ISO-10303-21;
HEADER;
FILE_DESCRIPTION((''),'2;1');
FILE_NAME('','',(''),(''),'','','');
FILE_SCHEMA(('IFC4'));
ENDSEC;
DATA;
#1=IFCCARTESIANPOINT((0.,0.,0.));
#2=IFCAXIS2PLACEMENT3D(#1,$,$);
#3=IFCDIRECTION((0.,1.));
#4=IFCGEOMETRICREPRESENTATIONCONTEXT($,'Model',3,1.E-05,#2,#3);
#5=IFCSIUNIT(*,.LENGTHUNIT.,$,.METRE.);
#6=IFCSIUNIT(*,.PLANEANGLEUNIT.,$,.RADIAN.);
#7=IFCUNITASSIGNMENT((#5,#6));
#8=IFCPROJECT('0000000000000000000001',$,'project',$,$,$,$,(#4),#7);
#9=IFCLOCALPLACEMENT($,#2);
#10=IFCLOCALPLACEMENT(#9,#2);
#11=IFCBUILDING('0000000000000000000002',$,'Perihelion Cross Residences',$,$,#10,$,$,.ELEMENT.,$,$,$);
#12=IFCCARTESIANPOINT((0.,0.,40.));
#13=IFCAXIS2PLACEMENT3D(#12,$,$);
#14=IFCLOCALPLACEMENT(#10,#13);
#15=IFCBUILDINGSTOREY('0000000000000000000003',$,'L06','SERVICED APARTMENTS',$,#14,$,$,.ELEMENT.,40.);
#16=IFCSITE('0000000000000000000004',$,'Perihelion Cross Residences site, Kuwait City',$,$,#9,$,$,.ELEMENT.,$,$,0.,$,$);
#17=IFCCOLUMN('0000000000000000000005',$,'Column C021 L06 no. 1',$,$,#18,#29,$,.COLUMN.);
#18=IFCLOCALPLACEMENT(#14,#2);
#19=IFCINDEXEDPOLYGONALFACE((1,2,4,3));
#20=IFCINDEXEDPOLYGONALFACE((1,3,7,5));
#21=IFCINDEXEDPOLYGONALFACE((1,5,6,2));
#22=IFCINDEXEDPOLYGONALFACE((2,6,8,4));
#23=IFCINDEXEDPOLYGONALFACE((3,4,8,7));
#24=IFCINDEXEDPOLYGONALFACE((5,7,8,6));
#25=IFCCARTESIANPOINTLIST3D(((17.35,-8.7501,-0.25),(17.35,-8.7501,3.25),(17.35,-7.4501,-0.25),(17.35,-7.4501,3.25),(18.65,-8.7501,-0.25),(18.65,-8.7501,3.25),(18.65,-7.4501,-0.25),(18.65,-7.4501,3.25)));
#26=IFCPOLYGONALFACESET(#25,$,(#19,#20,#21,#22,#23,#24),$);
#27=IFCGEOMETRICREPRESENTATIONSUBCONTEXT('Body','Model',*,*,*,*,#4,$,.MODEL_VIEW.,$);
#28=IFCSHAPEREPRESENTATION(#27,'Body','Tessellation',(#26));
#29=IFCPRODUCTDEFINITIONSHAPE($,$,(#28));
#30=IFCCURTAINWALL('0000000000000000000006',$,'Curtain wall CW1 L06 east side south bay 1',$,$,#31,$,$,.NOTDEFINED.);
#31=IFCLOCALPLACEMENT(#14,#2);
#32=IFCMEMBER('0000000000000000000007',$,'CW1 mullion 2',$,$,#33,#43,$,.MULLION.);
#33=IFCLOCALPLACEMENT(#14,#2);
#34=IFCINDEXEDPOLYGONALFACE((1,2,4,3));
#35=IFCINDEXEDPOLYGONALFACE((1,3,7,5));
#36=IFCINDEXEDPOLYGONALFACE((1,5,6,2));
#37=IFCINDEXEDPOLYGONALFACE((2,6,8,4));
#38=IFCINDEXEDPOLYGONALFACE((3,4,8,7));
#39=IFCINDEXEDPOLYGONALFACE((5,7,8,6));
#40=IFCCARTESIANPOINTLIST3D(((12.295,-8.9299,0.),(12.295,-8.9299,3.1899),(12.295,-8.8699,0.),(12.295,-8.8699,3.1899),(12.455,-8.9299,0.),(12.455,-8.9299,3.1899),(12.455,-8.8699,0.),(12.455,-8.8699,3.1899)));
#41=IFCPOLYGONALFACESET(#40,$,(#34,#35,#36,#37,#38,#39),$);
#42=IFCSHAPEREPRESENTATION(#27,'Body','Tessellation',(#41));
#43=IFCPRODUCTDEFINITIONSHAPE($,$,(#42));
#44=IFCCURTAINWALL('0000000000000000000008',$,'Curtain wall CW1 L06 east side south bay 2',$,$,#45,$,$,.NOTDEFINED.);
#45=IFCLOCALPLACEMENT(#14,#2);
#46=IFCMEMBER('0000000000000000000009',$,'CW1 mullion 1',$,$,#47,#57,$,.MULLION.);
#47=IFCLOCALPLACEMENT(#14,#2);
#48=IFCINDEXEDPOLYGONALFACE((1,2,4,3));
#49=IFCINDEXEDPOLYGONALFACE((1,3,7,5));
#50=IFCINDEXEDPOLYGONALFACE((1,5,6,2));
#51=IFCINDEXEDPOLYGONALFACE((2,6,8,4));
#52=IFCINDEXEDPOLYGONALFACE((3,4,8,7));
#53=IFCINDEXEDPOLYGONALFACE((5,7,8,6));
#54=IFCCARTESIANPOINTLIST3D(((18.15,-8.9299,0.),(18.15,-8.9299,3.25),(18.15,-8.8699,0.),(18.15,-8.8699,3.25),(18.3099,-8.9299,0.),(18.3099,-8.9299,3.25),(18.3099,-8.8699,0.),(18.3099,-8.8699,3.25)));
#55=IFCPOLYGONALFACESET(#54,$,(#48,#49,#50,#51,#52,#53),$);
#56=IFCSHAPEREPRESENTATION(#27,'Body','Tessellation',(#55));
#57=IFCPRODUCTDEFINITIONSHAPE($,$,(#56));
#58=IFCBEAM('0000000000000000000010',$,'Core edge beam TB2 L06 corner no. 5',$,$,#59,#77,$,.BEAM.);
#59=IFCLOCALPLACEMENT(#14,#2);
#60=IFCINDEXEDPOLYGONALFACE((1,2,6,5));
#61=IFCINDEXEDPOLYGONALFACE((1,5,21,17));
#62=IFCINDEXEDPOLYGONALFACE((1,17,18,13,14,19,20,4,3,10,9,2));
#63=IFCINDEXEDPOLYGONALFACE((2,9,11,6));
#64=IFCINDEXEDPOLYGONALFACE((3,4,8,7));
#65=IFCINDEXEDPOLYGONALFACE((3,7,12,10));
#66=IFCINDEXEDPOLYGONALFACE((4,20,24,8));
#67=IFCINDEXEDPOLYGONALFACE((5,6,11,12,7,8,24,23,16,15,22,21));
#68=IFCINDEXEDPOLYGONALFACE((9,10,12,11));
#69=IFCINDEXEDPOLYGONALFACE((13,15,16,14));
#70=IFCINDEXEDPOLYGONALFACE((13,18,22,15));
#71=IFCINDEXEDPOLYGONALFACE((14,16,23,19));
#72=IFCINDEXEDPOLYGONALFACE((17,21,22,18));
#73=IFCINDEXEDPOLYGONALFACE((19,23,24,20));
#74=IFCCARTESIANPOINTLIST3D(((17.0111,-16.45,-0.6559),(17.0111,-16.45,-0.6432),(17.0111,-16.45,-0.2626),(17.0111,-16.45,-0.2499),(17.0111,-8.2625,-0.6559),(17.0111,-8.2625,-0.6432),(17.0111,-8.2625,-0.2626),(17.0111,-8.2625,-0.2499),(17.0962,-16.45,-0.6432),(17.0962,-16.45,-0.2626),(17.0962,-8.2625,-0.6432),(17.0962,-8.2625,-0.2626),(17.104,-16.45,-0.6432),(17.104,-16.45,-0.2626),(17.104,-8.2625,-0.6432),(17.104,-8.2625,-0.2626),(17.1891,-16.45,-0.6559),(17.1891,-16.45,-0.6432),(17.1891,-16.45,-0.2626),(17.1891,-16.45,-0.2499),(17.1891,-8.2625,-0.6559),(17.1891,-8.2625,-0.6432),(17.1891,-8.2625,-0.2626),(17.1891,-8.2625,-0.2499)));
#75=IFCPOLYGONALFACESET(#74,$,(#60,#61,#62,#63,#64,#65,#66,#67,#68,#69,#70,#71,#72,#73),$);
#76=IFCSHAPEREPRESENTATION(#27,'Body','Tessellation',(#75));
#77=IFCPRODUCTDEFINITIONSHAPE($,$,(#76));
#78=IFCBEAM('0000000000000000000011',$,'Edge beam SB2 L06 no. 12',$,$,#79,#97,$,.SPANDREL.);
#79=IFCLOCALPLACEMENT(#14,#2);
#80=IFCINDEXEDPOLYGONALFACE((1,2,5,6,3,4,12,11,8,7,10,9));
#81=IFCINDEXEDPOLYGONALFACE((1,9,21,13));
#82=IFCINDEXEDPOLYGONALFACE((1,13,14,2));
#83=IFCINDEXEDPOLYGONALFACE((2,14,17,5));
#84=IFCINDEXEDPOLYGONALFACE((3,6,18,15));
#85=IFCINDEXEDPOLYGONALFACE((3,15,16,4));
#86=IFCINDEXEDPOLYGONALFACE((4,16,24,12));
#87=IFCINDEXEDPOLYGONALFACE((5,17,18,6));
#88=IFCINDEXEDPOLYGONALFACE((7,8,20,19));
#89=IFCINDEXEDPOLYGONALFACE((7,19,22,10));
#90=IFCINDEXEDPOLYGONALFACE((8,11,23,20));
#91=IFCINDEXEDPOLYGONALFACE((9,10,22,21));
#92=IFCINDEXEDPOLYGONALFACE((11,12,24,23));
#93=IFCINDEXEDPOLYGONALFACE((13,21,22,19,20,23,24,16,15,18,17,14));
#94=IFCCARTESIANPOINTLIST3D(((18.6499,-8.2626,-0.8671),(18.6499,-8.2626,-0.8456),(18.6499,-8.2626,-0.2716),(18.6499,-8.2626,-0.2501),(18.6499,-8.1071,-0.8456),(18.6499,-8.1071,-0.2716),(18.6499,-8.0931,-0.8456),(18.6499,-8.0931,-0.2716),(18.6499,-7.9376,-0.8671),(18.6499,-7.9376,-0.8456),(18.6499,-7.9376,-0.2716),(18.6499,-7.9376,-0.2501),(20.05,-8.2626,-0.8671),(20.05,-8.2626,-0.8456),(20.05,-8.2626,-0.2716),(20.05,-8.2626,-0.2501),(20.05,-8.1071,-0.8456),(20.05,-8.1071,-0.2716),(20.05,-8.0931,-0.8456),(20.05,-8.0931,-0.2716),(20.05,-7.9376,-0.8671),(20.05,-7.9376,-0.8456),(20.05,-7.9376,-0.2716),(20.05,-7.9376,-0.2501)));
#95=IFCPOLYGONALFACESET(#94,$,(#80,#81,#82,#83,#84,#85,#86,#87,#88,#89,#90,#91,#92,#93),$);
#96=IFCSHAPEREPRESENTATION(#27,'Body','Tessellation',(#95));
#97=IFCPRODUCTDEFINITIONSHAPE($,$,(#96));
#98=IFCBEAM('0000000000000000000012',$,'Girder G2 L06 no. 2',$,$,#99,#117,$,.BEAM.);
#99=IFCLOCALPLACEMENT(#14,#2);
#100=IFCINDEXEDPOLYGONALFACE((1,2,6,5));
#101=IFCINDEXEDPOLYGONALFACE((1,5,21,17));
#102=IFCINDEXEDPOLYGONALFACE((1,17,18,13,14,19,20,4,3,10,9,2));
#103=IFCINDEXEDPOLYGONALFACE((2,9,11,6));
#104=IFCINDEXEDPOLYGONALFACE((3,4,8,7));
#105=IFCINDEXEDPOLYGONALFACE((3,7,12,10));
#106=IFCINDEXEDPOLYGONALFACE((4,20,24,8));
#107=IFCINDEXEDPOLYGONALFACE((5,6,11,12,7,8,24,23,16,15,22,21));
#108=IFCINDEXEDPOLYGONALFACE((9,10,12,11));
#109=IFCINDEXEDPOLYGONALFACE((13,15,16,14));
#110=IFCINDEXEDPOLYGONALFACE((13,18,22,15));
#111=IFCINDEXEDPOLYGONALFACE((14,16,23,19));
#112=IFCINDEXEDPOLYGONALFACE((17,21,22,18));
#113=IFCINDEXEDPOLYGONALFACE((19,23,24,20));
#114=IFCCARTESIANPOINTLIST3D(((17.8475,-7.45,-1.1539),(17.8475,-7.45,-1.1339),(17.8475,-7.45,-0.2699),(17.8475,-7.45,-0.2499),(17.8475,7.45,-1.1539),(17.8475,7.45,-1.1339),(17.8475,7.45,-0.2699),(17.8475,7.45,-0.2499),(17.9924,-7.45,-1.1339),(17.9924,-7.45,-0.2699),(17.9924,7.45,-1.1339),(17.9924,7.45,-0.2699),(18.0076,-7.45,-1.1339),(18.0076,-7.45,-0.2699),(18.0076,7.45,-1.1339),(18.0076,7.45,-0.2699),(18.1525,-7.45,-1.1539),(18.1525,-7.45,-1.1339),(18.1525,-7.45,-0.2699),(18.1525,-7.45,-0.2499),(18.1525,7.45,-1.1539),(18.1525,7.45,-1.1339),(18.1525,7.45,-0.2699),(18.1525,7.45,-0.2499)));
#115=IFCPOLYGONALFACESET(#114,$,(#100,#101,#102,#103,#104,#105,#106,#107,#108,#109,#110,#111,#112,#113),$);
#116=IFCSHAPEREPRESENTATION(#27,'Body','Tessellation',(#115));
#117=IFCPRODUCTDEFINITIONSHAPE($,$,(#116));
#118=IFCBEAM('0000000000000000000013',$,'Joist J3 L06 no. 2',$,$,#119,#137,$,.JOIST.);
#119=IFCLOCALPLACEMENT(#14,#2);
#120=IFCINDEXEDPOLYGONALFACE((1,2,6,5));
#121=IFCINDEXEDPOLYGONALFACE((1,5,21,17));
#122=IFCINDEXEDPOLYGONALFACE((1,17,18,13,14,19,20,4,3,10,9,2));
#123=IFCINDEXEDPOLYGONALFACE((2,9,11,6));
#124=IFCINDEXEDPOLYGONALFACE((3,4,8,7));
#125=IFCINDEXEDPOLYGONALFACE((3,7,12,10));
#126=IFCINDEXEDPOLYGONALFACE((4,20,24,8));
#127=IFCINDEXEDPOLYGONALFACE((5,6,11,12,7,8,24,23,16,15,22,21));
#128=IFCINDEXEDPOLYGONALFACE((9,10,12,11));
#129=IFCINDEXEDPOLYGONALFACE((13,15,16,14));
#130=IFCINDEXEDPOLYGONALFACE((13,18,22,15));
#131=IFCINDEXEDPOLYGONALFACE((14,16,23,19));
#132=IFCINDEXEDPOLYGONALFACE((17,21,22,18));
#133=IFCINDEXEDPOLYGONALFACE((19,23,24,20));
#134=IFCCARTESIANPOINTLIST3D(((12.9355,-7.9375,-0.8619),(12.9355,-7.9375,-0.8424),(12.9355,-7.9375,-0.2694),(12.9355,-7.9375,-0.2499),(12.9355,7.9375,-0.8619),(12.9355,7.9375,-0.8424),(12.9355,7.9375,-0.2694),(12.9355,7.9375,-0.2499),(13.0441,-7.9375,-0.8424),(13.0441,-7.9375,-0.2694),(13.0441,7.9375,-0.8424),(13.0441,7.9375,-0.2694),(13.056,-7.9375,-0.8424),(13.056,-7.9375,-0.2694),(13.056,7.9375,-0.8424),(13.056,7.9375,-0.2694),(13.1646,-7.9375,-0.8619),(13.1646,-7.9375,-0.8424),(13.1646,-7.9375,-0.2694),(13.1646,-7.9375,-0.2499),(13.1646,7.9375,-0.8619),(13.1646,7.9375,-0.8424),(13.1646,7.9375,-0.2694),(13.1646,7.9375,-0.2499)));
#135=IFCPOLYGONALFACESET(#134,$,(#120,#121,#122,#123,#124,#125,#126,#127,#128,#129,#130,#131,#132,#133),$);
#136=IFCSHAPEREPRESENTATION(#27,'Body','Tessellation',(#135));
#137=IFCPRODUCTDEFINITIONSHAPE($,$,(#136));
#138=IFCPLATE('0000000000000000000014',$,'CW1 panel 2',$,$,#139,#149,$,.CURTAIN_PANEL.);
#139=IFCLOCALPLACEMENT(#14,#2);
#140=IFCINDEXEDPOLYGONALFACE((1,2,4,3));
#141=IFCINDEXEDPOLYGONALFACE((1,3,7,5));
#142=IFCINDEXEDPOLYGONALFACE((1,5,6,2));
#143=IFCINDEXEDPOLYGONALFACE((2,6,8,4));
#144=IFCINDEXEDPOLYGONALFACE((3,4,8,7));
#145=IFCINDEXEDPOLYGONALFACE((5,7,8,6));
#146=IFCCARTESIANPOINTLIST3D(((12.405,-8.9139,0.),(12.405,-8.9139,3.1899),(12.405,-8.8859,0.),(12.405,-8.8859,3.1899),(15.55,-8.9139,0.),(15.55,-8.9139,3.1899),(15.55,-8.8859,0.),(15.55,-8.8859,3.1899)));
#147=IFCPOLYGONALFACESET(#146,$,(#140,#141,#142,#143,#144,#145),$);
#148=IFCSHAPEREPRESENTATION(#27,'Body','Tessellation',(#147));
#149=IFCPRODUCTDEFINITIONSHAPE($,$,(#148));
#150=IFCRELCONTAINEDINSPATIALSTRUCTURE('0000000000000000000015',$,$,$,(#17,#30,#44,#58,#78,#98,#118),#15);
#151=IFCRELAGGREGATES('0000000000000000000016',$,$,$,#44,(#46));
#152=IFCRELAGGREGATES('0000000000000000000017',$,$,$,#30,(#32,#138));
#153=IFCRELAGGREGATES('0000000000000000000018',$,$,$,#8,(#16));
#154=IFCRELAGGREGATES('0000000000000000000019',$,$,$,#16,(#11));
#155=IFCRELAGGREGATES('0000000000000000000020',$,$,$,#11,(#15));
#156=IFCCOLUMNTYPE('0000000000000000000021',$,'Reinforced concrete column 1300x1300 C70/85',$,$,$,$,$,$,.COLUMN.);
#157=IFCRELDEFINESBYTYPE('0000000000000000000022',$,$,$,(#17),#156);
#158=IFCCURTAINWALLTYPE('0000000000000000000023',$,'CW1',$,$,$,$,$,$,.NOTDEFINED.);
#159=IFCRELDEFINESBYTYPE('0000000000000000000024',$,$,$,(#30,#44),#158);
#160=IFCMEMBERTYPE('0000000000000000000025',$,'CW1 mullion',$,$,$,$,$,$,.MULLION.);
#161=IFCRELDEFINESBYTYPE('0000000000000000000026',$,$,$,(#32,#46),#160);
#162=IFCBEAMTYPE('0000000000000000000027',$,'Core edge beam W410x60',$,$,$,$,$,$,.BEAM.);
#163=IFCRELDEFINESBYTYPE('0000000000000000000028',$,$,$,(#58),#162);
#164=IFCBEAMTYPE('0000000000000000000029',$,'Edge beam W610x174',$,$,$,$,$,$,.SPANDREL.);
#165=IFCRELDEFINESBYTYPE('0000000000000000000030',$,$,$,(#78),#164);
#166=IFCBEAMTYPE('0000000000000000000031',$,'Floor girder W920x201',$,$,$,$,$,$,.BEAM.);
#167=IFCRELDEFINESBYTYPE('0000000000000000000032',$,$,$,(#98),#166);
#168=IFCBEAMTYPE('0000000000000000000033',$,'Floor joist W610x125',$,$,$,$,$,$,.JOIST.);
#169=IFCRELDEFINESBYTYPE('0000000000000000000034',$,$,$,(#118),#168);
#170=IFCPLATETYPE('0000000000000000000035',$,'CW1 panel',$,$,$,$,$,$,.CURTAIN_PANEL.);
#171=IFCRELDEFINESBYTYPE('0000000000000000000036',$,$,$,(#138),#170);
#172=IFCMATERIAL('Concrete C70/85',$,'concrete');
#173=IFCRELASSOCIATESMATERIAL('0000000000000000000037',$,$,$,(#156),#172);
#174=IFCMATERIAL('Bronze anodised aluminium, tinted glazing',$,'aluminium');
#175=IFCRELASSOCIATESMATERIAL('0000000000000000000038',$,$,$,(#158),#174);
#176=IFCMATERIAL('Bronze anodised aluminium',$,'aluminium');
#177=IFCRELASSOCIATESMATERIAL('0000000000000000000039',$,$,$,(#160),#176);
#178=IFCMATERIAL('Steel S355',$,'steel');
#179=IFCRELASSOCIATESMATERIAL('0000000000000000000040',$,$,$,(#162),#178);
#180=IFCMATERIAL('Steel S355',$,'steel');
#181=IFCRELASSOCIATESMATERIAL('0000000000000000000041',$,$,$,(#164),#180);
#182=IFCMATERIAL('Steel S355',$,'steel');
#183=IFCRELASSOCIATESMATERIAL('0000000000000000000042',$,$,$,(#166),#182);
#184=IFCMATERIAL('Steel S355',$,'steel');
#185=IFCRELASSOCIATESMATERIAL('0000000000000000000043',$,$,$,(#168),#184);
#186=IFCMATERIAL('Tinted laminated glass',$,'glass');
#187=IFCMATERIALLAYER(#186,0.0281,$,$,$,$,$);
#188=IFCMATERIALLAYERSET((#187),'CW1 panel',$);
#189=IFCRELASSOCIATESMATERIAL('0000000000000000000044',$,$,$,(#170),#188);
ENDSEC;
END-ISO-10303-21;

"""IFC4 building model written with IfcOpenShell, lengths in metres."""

from ifc_helpers import new_model, si_unit, direction, frame, origin, origin_2d, place, context, subcontext, project, spatial, rectangle, i_section, extrude, material, layer, layer_set, material_profile, profile_set, type_object, element, aggregate, save


model = new_model("IFC4")

# Units and contexts
model_context = context("Model", 3, precision=1e-05, world=origin(), true_north=direction((0.0, 1.0)))
body_context = subcontext(model_context, "Body", "Model", "MODEL_VIEW")
ifc_project = project(units=[si_unit("LENGTHUNIT", "METRE"), si_unit("PLANEANGLEUNIT", "RADIAN")], contexts=[model_context])

# Site, building, storey
site_placement = place(None, origin())
site = spatial("IfcSite", under=ifc_project, at=site_placement, Name="Perihelion Cross Residences site, Kuwait City", CompositionType="ELEMENT", RefElevation=0.0)
building_placement = place(site_placement, origin())
building = spatial("IfcBuilding", under=site, at=building_placement, Name="Perihelion Cross Residences", CompositionType="ELEMENT")
storey_placement = place(building_placement, frame((0.0, 0.0, 40.0)))
storey = spatial("IfcBuildingStorey", under=building, at=storey_placement, Name="L06", Description="SERVICED APARTMENTS", CompositionType="ELEMENT", Elevation=40.0)

# Column
ifc_material_1 = material(Name="Concrete C70/85", Category="concrete")
ifc_material_profile_1 = material_profile(ifc_material_1, rectangle(XDim=1.3, YDim=1.3, at=origin_2d()), Name="RC 1300x1300")
ifc_profile_set_1 = profile_set([ifc_material_profile_1], Name="Concrete C70/85")
column_type = type_object("IfcColumnType", Name="Reinforced concrete column 1300x1300 C70/85", PredefinedType="COLUMN", material=ifc_profile_set_1)
column_placement = place(storey_placement, frame((18.0, -8.1001, -0.25), z_axis=(0.0, 0.0, 1.0), x_axis=(1.0, 0.0, 0.0)))
element("IfcColumn", 1, at=column_placement, inside=storey, type_object=column_type, Name="Column C021 L06 no. 1", PredefinedType="COLUMN", context=body_context, shape_type="SweptSolid", body=[
    extrude(rectangle(XDim=1.3, YDim=1.3, at=origin_2d()), origin(), (0.0, 0.0, 1.0), 3.5),
])

# Curtain walls, members
ifc_material_2 = material(Name="Bronze anodised aluminium, tinted glazing", Category="aluminium")
curtain_wall_type = type_object("IfcCurtainWallType", Name="CW1", PredefinedType="NOTDEFINED", material=ifc_material_2)
curtain_wall_1_placement = place(storey_placement, origin())
curtain_wall_1 = element("IfcCurtainWall", 2, at=curtain_wall_1_placement, inside=storey, type_object=curtain_wall_type, Name="Curtain wall CW1 L06 east side south bay 1", PredefinedType="NOTDEFINED")
ifc_material_3 = material(Name="Bronze anodised aluminium", Category="aluminium")
ifc_material_profile_2 = material_profile(ifc_material_3, rectangle(XDim=0.0601, YDim=0.1599, at=origin_2d()), Name="CW1 mullion")
ifc_profile_set_2 = profile_set([ifc_material_profile_2], Name="Bronze anodised aluminium")
member_type = type_object("IfcMemberType", Name="CW1 mullion", PredefinedType="MULLION", material=ifc_profile_set_2)
member_1_placement = place(storey_placement, frame((12.375, -8.8999, 0.0), z_axis=(0.0, 0.0, 1.0), x_axis=(0.0, 1.0, 0.0)))
member_1 = element("IfcMember", 3, at=member_1_placement, type_object=member_type, Name="CW1 mullion 2", PredefinedType="MULLION", context=body_context, shape_type="SweptSolid", body=[
    extrude(rectangle(XDim=0.0601, YDim=0.1599, at=origin_2d()), origin(), (0.0, 0.0, 1.0), 3.1899),
])
curtain_wall_2_placement = place(storey_placement, origin())
curtain_wall_2 = element("IfcCurtainWall", 4, at=curtain_wall_2_placement, inside=storey, type_object=curtain_wall_type, Name="Curtain wall CW1 L06 east side south bay 2", PredefinedType="NOTDEFINED")
member_2_placement = place(storey_placement, frame((18.23, -8.8999, 0.0), z_axis=(0.0, 0.0, 1.0), x_axis=(0.0, 1.0, 0.0)))
member_2 = element("IfcMember", 5, at=member_2_placement, type_object=member_type, Name="CW1 mullion 1", PredefinedType="MULLION", context=body_context, shape_type="SweptSolid", body=[
    extrude(rectangle(XDim=0.0601, YDim=0.1599, at=origin_2d()), origin(), (0.0, 0.0, 1.0), 3.25),
])
aggregate(curtain_wall_2, [member_2])

# Beams
ifc_material_4 = material(Name="Steel S355", Category="steel")
ifc_material_profile_3 = material_profile(ifc_material_4, i_section(OverallWidth=0.178, OverallDepth=0.406, WebThickness=0.0078, FlangeThickness=0.0127, at=origin_2d()), Name="W410x60")
ifc_profile_set_3 = profile_set([ifc_material_profile_3], Name="Steel S355")
beam_type_1 = type_object("IfcBeamType", Name="Core edge beam W410x60", PredefinedType="BEAM", material=ifc_profile_set_3)
beam_1_placement = place(storey_placement, frame((17.1001, -8.2625, -0.4529), z_axis=(0.0, -1.0, 0.0), x_axis=(1.0, 0.0, 0.0)))
element("IfcBeam", 6, at=beam_1_placement, inside=storey, type_object=beam_type_1, Name="Core edge beam TB2 L06 corner no. 5", PredefinedType="BEAM", context=body_context, shape_type="SweptSolid", body=[
    extrude(i_section(OverallWidth=0.178, OverallDepth=0.406, WebThickness=0.0078, FlangeThickness=0.0127, at=origin_2d()), origin(), (0.0, 0.0, 1.0), 8.1875),
])
ifc_material_5 = material(Name="Steel S355", Category="steel")
ifc_material_profile_4 = material_profile(ifc_material_5, i_section(OverallWidth=0.325, OverallDepth=0.6169, WebThickness=0.0139, FlangeThickness=0.0215, at=origin_2d()), Name="W610x174")
ifc_profile_set_4 = profile_set([ifc_material_profile_4], Name="Steel S355")
beam_type_2 = type_object("IfcBeamType", Name="Edge beam W610x174", PredefinedType="SPANDREL", material=ifc_profile_set_4)
beam_2_placement = place(storey_placement, frame((18.6499, -8.1001, -0.5586), z_axis=(1.0, 0.0, 0.0), x_axis=(0.0, 1.0, 0.0)))
element("IfcBeam", 7, at=beam_2_placement, inside=storey, type_object=beam_type_2, Name="Edge beam SB2 L06 no. 12", PredefinedType="SPANDREL", context=body_context, shape_type="SweptSolid", body=[
    extrude(i_section(OverallWidth=0.325, OverallDepth=0.6169, WebThickness=0.0139, FlangeThickness=0.0215, at=origin_2d()), origin(), (0.0, 0.0, 1.0), 1.4001),
])
ifc_material_6 = material(Name="Steel S355", Category="steel")
ifc_material_profile_5 = material_profile(ifc_material_6, i_section(OverallWidth=0.3049, OverallDepth=0.9041, WebThickness=0.0151, FlangeThickness=0.02, at=origin_2d()), Name="W920x201")
ifc_profile_set_5 = profile_set([ifc_material_profile_5], Name="Steel S355")
beam_type_3 = type_object("IfcBeamType", Name="Floor girder W920x201", PredefinedType="BEAM", material=ifc_profile_set_5)
beam_3_placement = place(storey_placement, frame((18.0, -7.45, -0.7019), z_axis=(0.0, 1.0, 0.0), x_axis=(-1.0, 0.0, 0.0)))
element("IfcBeam", 8, at=beam_3_placement, inside=storey, type_object=beam_type_3, Name="Girder G2 L06 no. 2", PredefinedType="BEAM", context=body_context, shape_type="SweptSolid", body=[
    extrude(i_section(OverallWidth=0.3049, OverallDepth=0.9041, WebThickness=0.0151, FlangeThickness=0.02, at=origin_2d()), origin(), (0.0, 0.0, 1.0), 14.8999),
])
ifc_material_7 = material(Name="Steel S355", Category="steel")
ifc_material_profile_6 = material_profile(ifc_material_7, i_section(OverallWidth=0.229, OverallDepth=0.6121, WebThickness=0.012, FlangeThickness=0.0195, at=origin_2d()), Name="W610x125")
ifc_profile_set_6 = profile_set([ifc_material_profile_6], Name="Steel S355")
beam_type_4 = type_object("IfcBeamType", Name="Floor joist W610x125", PredefinedType="JOIST", material=ifc_profile_set_6)
beam_4_placement = place(storey_placement, frame((13.05, -7.9375, -0.5559), z_axis=(0.0, 1.0, 0.0), x_axis=(-1.0, 0.0, 0.0)))
element("IfcBeam", 9, at=beam_4_placement, inside=storey, type_object=beam_type_4, Name="Joist J3 L06 no. 2", PredefinedType="JOIST", context=body_context, shape_type="SweptSolid", body=[
    extrude(i_section(OverallWidth=0.229, OverallDepth=0.6121, WebThickness=0.012, FlangeThickness=0.0195, at=origin_2d()), origin(), (0.0, 0.0, 1.0), 15.875),
])

# Plate
ifc_material_8 = material(Name="Tinted laminated glass", Category="glass")
ifc_layer_1 = layer(ifc_material_8, 0.0281)
ifc_layer_set_1 = layer_set([ifc_layer_1], Name="CW1 panel")
plate_type = type_object("IfcPlateType", Name="CW1 panel", PredefinedType="CURTAIN_PANEL", material=ifc_layer_set_1)
plate_placement = place(storey_placement, frame((13.9775, -8.8999, 0.0), z_axis=(0.0, 0.0, 1.0), x_axis=(1.0, 0.0, 0.0)))
plate = element("IfcPlate", 10, at=plate_placement, type_object=plate_type, Name="CW1 panel 2", PredefinedType="CURTAIN_PANEL", context=body_context, shape_type="SweptSolid", body=[
    extrude(rectangle(XDim=3.145, YDim=0.0281, at=origin_2d()), origin(), (0.0, 0.0, 1.0), 3.1899),
])
aggregate(curtain_wall_1, [member_1, plate])

save(model, "model.ifc")
